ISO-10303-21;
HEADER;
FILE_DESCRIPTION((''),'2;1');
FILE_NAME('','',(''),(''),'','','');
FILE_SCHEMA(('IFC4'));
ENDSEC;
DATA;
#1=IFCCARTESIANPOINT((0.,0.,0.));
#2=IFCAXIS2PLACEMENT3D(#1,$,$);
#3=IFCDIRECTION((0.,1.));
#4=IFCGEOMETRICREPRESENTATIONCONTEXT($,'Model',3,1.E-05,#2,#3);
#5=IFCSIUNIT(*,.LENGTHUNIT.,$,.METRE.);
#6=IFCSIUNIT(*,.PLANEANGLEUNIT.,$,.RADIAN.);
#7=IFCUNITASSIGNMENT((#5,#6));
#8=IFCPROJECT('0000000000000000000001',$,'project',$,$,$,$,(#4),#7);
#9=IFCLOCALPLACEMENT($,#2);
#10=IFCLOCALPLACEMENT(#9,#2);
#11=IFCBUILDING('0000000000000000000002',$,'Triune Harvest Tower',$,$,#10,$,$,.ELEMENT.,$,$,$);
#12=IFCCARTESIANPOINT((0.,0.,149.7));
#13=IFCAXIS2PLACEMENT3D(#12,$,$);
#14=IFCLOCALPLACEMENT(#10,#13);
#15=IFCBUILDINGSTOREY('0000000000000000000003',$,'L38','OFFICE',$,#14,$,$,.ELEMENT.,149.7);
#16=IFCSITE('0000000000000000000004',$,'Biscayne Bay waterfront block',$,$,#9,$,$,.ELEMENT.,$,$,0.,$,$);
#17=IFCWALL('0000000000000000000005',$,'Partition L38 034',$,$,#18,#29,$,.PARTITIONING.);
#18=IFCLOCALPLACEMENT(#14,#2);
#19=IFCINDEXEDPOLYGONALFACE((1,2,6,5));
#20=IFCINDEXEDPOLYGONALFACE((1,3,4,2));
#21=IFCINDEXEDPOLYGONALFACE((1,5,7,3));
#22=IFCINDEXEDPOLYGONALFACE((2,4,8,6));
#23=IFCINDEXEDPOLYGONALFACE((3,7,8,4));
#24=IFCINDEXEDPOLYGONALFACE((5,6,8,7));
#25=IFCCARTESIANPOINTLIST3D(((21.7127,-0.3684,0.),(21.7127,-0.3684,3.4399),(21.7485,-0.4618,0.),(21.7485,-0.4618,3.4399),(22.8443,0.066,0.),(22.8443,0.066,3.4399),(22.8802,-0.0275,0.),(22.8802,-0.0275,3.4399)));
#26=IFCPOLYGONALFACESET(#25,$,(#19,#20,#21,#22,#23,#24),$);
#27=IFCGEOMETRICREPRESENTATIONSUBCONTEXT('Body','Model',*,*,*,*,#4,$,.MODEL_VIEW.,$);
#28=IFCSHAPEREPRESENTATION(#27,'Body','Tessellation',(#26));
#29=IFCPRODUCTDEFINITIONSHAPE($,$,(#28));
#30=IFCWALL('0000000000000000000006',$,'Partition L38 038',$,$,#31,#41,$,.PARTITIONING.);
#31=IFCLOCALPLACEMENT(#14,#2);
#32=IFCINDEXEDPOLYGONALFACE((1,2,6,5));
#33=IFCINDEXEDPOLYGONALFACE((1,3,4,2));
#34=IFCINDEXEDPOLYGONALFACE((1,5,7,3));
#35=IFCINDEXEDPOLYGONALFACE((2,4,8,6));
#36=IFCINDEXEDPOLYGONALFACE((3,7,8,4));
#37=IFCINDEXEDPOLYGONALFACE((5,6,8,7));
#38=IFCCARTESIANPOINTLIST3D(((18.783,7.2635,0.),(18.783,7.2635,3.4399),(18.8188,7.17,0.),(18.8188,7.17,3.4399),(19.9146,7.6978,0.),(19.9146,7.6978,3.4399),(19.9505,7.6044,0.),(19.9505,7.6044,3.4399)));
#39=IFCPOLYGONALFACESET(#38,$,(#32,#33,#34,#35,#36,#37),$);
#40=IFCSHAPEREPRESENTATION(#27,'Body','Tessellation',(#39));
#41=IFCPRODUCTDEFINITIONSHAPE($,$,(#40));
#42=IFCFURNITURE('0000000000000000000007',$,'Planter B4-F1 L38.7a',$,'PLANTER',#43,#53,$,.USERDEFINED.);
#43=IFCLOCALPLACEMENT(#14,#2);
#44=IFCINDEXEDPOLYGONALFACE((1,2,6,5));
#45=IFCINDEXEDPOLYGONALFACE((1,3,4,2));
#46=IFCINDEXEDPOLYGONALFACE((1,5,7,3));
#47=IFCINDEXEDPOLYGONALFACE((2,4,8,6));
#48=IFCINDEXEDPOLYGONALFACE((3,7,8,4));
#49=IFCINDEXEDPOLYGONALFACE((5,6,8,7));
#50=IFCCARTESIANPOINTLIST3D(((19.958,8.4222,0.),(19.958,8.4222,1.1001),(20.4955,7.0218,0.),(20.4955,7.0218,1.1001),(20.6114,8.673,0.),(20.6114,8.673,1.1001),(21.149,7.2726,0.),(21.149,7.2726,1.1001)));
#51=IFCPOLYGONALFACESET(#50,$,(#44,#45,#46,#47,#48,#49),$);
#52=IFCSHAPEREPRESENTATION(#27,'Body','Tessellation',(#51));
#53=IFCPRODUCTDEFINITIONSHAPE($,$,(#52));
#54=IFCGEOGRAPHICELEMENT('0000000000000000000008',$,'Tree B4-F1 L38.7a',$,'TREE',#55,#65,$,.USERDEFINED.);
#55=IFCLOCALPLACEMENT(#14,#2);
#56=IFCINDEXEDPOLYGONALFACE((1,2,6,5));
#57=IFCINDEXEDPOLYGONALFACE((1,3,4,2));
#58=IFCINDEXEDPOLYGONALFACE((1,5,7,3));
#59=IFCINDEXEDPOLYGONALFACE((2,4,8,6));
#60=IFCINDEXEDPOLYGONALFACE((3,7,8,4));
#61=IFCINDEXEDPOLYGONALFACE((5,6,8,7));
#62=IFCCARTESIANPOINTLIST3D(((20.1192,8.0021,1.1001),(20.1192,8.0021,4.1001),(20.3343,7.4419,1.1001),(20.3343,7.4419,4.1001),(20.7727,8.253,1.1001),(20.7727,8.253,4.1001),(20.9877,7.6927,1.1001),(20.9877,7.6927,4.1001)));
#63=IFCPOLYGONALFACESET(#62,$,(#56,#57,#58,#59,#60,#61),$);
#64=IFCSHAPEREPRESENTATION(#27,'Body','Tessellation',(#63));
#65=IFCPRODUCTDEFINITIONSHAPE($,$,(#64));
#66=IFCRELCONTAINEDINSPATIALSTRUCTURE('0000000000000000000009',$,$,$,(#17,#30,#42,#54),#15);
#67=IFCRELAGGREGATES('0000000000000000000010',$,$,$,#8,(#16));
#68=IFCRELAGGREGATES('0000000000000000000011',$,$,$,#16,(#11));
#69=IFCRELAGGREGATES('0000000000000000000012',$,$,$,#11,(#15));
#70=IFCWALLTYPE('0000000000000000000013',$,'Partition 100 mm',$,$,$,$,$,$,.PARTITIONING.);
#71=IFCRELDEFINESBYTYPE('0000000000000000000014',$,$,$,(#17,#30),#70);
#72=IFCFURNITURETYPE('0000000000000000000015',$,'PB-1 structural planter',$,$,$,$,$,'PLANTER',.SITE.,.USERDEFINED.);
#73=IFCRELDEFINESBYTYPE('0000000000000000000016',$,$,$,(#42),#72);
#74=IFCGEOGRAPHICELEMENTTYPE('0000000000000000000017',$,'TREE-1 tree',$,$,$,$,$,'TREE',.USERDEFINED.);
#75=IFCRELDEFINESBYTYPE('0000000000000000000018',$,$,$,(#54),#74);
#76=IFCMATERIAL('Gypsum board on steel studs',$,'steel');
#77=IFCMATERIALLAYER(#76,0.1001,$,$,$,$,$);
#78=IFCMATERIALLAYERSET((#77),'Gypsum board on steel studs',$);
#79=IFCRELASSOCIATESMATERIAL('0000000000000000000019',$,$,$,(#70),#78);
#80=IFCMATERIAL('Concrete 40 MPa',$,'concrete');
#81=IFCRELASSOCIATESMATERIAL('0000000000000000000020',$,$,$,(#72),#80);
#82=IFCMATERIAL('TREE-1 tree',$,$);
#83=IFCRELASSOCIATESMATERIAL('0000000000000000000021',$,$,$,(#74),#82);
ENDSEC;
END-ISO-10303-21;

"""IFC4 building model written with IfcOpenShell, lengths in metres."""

from ifc_helpers import new_model, si_unit, direction, frame, frame_2d, origin, origin_2d, place, context, subcontext, project, spatial, rectangle, extrude, source, transform, mapped, material, layer, layer_set, type_object, element, save


model = new_model("IFC4")

# Units and contexts
model_context = context("Model", 3, precision=1e-05, world=origin(), true_north=direction((0.0, 1.0)))
body_context = subcontext(model_context, "Body", "Model", "MODEL_VIEW")
ifc_project = project(units=[si_unit("LENGTHUNIT", "METRE"), si_unit("PLANEANGLEUNIT", "RADIAN")], contexts=[model_context])

# Site, building, storey
site_placement = place(None, origin())
site = spatial("IfcSite", under=ifc_project, at=site_placement, Name="Biscayne Bay waterfront block", CompositionType="ELEMENT", RefElevation=0.0)
building_placement = place(site_placement, origin())
building = spatial("IfcBuilding", under=site, at=building_placement, Name="Triune Harvest Tower", CompositionType="ELEMENT")
storey_placement = place(building_placement, frame((0.0, 0.0, 149.7)))
storey = spatial("IfcBuildingStorey", under=building, at=storey_placement, Name="L38", Description="OFFICE", CompositionType="ELEMENT", Elevation=149.7)

# Walls
ifc_material_1 = material(Name="Gypsum board on steel studs", Category="steel")
ifc_layer_1 = layer(ifc_material_1, 0.1001)
ifc_layer_set_1 = layer_set([ifc_layer_1], Name="Gypsum board on steel studs")
wall_type_1 = type_object("IfcWallType", Name="Partition 100 mm", PredefinedType="PARTITIONING", material=ifc_layer_set_1)
shared_shape_1 = source(origin(), body_context, "Body", "SweptSolid", [
    extrude(rectangle(XDim=1.2122, YDim=0.1001, at=frame_2d((0.606, 0.0))), origin(), (0.0, 0.0, 1.0), 3.4399),
])
for number, where, z_axis, x_axis, name in (
    (1, (21.7307, -0.415, 0.0), (0.0, 0.0, 1.0), (0.933595, 0.358331, 0.0), "Partition L38 034"),
    (2, (18.801, 7.2168, 0.0), (0.0, 0.0, 1.0), (0.933595, 0.358331, 0.0), "Partition L38 038"),
):
    element("IfcWall", number, at=place(storey_placement, frame(where, z_axis=z_axis, x_axis=x_axis)), inside=storey, type_object=wall_type_1, Name=name, PredefinedType="PARTITIONING", context=body_context, shape_type="MappedRepresentation", body=[
        mapped(shared_shape_1, transform((0.0, 0.0, 0.0), scale=1.0)),
    ])

# Furniture
ifc_material_2 = material(Name="Concrete 40 MPa", Category="concrete")
furniture_type = type_object("IfcFurnitureType", Name="PB-1 structural planter", ElementType="PLANTER", AssemblyPlace="SITE", PredefinedType="USERDEFINED", material=ifc_material_2)
shared_shape_2 = source(origin(), body_context, "Body", "SweptSolid", [
    extrude(rectangle(XDim=1.5, YDim=0.7, at=origin_2d()), origin(), (0.0, 0.0, 1.0), 1.1001),
])
furniture_placement = place(storey_placement, frame((20.5535, 7.8474, 0.0), z_axis=(0.0, 0.0, 1.0), x_axis=(-0.358369, 0.93358, 0.0)))
element("IfcFurniture", 3, at=furniture_placement, inside=storey, type_object=furniture_type, Name="Planter B4-F1 L38.7a", ObjectType="PLANTER", PredefinedType="USERDEFINED", context=body_context, shape_type="MappedRepresentation", body=[
    mapped(shared_shape_2, transform((0.0, 0.0, 0.0), scale=1.0)),
])

# Geographic element
ifc_material_3 = material(Name="TREE-1 tree")
geographic_element_type = type_object("IfcGeographicElementType", Name="TREE-1 tree", ElementType="TREE", PredefinedType="USERDEFINED", material=ifc_material_3)
shared_shape_3 = source(origin(), body_context, "Body", "SweptSolid", [
    extrude(rectangle(XDim=0.6001, YDim=0.7, at=origin_2d()), origin(), (0.0, 0.0, 1.0), 3.0),
])
geographic_element_placement = place(storey_placement, frame((20.5535, 7.8474, 1.1001), z_axis=(0.0, 0.0, 1.0), x_axis=(-0.358369, 0.93358, 0.0)))
element("IfcGeographicElement", 4, at=geographic_element_placement, inside=storey, type_object=geographic_element_type, Name="Tree B4-F1 L38.7a", ObjectType="TREE", PredefinedType="USERDEFINED", context=body_context, shape_type="MappedRepresentation", body=[
    mapped(shared_shape_3, transform((0.0, 0.0, 0.0), scale=1.0)),
])

save(model, "model.ifc")
